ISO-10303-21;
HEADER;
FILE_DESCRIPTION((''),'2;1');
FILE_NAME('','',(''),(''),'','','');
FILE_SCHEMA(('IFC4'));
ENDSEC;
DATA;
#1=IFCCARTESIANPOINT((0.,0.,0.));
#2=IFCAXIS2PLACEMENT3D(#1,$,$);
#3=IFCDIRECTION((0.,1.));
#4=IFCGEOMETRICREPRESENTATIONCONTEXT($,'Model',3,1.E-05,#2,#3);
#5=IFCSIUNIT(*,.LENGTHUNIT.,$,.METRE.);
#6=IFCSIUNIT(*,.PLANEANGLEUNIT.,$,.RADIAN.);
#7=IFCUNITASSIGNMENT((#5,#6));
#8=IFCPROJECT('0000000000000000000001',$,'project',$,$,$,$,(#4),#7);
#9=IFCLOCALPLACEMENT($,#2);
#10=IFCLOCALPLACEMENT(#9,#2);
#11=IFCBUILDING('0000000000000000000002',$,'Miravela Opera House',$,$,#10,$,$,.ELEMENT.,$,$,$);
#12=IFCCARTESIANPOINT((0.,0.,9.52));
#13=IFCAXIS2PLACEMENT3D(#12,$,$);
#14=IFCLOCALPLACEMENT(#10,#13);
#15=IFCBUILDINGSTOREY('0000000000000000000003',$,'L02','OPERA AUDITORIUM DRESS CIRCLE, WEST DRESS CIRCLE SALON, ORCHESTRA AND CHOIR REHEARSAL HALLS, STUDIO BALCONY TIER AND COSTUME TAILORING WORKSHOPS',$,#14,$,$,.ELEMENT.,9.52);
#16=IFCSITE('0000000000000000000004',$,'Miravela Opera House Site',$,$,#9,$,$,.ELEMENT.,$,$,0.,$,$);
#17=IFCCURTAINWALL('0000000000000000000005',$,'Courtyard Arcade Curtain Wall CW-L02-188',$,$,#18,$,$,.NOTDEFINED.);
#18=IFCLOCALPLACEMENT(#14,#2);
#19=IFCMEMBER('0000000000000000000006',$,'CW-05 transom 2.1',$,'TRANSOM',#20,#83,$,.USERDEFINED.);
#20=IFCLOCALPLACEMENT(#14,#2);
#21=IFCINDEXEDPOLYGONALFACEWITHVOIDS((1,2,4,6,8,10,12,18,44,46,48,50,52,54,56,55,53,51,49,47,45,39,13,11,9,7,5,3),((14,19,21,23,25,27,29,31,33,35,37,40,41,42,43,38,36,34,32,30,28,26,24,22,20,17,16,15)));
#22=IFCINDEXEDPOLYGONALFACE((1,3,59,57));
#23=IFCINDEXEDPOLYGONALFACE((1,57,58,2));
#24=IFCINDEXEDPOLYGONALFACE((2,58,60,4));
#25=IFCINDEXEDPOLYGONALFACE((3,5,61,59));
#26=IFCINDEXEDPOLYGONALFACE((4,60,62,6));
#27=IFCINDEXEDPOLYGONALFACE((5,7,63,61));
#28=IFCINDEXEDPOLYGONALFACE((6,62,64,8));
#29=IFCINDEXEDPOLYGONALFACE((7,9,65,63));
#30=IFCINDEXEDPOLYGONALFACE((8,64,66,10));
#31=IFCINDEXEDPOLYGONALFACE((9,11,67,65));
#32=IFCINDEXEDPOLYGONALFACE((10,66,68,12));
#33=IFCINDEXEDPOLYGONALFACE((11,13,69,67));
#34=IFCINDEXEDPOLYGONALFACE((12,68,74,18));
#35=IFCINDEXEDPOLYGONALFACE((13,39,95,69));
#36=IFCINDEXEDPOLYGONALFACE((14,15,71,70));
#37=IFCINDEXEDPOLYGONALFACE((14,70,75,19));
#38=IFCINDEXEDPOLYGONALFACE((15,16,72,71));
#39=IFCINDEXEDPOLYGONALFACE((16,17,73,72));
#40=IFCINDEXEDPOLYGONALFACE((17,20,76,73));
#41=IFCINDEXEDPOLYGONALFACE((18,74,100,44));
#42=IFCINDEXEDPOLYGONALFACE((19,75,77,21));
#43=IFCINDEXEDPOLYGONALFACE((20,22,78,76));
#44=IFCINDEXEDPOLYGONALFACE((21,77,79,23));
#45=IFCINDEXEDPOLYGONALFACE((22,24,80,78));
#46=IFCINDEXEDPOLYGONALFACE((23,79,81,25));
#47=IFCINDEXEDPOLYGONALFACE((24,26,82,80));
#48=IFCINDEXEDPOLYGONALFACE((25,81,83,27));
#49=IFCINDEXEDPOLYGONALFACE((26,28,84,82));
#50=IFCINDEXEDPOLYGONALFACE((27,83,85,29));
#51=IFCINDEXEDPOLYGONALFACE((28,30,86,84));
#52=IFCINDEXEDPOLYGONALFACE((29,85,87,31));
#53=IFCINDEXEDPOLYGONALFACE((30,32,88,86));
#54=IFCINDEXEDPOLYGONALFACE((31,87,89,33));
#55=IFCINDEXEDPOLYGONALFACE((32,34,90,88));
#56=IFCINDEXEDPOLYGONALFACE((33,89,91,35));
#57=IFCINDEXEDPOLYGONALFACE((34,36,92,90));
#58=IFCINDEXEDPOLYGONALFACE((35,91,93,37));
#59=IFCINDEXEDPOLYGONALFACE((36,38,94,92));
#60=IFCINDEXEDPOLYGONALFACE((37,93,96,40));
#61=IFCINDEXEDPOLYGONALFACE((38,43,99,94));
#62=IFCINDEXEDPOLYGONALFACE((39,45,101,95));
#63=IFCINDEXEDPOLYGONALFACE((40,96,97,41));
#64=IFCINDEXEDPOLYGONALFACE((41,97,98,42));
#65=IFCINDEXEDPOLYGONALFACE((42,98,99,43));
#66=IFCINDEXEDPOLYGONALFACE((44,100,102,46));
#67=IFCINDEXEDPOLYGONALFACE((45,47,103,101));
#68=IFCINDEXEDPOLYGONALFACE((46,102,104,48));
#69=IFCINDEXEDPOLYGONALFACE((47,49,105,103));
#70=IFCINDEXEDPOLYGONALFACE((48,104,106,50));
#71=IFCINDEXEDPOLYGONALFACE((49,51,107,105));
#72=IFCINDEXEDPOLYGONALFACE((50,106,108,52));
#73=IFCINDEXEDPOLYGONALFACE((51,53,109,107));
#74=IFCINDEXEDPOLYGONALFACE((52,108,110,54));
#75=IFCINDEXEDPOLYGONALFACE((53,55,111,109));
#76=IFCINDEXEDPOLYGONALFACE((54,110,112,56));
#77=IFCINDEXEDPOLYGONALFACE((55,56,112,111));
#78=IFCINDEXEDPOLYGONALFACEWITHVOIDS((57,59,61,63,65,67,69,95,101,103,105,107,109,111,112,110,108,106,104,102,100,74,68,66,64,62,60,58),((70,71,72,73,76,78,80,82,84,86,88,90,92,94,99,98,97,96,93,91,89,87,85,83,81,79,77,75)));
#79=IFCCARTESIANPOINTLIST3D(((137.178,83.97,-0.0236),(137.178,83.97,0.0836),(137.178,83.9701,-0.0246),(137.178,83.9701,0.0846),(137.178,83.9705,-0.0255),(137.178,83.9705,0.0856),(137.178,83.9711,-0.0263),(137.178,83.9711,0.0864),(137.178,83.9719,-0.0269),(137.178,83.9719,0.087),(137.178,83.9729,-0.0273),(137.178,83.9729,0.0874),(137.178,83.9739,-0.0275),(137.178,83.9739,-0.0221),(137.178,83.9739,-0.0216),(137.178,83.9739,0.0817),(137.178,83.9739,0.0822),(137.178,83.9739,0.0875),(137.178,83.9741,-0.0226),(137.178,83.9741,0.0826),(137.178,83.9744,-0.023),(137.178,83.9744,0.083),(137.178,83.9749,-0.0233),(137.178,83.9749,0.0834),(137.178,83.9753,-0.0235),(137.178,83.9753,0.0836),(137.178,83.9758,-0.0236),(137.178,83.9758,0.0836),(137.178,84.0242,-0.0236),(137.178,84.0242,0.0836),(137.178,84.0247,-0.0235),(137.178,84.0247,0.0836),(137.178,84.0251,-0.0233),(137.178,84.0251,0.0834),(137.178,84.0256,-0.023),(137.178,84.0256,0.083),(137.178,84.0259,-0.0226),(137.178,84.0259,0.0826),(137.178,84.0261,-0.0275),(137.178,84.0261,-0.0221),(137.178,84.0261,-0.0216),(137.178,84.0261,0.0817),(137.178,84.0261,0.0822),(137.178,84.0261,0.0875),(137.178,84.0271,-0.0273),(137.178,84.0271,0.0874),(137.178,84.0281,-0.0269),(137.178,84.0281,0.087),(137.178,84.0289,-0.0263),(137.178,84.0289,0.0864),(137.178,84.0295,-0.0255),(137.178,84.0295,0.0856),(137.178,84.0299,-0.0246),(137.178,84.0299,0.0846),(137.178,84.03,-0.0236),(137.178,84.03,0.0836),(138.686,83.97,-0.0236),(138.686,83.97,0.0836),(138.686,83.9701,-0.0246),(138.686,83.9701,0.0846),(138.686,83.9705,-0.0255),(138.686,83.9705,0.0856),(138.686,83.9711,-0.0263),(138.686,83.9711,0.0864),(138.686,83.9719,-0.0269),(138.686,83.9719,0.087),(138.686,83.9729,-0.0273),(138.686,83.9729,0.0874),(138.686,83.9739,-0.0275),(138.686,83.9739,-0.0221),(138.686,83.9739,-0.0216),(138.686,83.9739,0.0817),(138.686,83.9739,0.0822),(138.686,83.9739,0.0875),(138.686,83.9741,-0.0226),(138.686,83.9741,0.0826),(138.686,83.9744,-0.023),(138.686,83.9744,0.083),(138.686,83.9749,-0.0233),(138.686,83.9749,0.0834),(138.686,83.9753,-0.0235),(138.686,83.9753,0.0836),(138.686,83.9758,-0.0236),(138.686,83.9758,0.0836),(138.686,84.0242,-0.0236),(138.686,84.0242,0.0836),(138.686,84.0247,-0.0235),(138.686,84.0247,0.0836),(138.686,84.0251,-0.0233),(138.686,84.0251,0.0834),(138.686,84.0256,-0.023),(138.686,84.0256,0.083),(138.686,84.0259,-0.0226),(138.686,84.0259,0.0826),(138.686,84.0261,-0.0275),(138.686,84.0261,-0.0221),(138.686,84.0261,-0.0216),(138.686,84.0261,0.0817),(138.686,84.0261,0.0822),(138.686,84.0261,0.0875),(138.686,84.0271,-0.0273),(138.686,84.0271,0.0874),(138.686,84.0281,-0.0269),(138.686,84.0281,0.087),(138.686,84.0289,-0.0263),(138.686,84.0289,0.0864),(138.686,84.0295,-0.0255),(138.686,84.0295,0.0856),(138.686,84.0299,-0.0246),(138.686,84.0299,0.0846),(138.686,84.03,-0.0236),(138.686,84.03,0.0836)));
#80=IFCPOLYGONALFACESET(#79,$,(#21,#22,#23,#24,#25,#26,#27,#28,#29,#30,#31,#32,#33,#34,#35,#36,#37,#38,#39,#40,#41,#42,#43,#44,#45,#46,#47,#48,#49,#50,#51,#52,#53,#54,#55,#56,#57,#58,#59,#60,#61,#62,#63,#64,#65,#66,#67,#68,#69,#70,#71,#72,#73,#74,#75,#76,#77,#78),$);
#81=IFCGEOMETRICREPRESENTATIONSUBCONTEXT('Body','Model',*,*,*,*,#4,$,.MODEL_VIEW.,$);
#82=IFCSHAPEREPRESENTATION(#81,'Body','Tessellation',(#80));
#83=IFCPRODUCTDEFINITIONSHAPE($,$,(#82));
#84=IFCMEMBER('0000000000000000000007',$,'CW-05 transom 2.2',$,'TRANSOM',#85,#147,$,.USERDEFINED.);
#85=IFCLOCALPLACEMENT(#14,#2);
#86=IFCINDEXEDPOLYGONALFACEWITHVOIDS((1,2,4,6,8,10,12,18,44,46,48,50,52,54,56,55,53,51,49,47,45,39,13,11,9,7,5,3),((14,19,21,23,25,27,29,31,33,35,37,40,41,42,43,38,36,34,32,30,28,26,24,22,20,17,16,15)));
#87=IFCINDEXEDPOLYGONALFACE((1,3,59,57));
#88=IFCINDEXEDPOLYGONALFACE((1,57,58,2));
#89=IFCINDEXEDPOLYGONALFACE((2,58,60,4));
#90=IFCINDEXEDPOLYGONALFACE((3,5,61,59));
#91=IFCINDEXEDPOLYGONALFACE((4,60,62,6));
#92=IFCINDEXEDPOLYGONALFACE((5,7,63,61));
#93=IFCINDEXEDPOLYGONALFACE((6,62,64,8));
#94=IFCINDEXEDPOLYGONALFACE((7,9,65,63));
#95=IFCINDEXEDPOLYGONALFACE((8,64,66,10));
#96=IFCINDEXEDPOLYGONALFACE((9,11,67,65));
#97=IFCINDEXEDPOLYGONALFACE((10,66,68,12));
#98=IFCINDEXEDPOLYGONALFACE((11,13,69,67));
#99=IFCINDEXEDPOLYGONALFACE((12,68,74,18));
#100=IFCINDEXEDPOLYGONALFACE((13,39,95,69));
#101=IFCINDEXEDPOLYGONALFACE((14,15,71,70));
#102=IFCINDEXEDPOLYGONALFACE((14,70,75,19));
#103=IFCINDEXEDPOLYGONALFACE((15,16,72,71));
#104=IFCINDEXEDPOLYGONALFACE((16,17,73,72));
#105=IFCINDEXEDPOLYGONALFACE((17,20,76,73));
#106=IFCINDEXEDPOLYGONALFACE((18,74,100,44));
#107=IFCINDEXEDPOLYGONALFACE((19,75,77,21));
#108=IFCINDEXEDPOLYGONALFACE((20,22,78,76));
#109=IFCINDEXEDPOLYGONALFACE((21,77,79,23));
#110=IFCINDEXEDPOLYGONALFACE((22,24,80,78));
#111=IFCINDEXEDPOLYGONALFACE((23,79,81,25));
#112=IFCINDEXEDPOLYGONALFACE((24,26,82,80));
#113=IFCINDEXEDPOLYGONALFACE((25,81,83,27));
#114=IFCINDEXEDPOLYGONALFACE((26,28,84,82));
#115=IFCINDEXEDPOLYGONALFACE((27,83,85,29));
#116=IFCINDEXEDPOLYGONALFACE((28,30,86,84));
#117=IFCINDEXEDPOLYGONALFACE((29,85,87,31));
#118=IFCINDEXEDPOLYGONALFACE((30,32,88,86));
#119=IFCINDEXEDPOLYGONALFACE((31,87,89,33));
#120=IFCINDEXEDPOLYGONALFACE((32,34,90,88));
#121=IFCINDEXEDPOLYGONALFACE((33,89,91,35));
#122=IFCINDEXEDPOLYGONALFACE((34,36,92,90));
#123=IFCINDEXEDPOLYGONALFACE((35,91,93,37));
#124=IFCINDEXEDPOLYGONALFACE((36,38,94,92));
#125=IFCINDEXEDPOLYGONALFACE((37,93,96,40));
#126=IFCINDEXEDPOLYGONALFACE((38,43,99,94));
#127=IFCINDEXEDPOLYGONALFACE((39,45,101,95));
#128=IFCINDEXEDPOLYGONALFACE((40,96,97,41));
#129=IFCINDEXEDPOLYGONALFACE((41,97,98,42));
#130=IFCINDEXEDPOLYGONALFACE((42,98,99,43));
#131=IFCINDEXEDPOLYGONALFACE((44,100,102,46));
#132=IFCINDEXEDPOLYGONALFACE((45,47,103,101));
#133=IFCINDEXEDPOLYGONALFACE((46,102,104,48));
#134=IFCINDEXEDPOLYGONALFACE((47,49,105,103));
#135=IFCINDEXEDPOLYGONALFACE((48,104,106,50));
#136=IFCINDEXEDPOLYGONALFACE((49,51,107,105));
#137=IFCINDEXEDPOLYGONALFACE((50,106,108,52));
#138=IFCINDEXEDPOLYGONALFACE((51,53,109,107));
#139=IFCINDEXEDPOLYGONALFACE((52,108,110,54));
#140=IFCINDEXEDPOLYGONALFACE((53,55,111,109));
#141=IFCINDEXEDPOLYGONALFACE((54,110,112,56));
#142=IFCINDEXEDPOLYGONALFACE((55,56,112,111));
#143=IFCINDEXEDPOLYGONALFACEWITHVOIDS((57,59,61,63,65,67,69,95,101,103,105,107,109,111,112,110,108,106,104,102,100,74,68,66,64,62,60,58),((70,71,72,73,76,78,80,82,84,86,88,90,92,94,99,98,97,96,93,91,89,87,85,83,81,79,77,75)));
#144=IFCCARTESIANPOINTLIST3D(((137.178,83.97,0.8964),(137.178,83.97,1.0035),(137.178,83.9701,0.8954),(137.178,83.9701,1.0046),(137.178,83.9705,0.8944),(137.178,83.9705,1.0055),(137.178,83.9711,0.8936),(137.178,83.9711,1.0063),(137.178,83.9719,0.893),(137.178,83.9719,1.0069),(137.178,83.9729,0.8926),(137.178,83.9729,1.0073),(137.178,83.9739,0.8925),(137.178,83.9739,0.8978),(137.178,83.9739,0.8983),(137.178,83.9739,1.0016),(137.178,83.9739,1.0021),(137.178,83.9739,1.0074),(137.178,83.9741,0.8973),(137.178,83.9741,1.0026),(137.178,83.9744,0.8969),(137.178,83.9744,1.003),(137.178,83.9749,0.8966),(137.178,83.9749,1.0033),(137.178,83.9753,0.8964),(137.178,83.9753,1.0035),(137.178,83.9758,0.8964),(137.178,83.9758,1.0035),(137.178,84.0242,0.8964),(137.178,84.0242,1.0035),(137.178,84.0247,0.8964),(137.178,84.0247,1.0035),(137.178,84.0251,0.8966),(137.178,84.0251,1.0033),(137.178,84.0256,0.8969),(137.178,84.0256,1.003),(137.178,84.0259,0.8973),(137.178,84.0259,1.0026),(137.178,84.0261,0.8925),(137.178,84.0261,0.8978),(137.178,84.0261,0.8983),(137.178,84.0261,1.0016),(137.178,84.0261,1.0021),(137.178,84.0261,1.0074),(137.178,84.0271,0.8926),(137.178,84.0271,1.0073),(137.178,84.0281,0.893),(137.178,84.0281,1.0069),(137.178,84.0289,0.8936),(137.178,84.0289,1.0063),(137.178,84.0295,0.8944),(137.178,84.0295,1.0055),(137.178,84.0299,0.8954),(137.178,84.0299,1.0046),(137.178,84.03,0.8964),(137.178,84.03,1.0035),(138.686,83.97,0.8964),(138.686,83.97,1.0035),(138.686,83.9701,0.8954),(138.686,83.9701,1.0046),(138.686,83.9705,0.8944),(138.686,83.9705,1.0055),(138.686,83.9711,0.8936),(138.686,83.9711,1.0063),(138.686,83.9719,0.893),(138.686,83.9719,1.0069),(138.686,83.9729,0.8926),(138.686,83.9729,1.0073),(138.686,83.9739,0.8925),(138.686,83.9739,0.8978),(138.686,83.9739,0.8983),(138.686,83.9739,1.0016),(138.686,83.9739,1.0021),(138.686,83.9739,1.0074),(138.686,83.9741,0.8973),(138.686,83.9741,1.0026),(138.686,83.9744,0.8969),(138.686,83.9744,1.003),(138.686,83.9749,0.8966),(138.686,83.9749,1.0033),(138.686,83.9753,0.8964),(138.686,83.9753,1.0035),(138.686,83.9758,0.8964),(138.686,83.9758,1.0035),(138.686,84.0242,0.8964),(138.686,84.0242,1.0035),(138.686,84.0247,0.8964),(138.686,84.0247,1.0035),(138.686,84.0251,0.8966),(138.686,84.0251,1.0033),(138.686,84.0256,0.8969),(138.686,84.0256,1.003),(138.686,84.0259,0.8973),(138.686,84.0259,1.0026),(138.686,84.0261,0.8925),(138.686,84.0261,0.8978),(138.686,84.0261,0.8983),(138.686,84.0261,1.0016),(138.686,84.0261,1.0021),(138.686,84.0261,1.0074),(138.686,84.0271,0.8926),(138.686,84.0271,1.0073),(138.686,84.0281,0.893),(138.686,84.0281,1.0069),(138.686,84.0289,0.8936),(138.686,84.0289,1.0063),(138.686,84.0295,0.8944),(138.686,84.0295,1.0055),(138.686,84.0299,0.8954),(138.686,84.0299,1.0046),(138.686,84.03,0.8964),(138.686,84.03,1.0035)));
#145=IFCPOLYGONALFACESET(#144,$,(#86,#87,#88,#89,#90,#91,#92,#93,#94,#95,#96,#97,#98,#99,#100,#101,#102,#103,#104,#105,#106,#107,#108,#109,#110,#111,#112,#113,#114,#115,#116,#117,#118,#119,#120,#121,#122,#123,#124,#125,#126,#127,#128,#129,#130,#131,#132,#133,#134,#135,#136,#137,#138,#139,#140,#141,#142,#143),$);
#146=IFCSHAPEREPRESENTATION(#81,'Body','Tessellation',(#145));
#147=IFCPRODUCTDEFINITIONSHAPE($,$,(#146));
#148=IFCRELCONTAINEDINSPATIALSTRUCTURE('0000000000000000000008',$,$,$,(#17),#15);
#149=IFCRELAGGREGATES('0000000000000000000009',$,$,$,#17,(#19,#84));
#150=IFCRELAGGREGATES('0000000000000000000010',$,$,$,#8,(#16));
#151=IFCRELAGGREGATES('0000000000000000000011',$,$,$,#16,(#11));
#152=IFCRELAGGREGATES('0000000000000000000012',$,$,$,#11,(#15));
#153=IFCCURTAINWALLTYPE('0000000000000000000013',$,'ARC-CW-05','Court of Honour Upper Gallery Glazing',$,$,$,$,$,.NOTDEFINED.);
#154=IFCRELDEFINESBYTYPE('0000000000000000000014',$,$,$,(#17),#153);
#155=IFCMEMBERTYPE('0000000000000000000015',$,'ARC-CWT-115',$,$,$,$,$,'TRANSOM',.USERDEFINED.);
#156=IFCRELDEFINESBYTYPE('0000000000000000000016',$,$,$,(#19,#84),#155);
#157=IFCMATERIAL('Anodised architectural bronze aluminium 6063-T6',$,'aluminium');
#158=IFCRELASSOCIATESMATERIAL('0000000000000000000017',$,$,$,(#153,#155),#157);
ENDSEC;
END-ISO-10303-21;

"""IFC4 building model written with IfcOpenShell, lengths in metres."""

from ifc_helpers import new_model, si_unit, direction, frame, origin, origin_2d, place, context, subcontext, project, spatial, hollow_rectangle, extrude, material, material_profile, profile_set, type_object, element, aggregate, save


model = new_model("IFC4")

# Units and contexts
model_context = context("Model", 3, precision=1e-05, world=origin(), true_north=direction((0.0, 1.0)))
body_context = subcontext(model_context, "Body", "Model", "MODEL_VIEW")
ifc_project = project(units=[si_unit("LENGTHUNIT", "METRE"), si_unit("PLANEANGLEUNIT", "RADIAN")], contexts=[model_context])

# Site, building, storey
site_placement = place(None, origin())
site = spatial("IfcSite", under=ifc_project, at=site_placement, Name="Miravela Opera House Site", CompositionType="ELEMENT", RefElevation=0.0)
building_placement = place(site_placement, origin())
building = spatial("IfcBuilding", under=site, at=building_placement, Name="Miravela Opera House", CompositionType="ELEMENT")
storey_placement = place(building_placement, frame((0.0, 0.0, 9.52)))
storey = spatial("IfcBuildingStorey", under=building, at=storey_placement, Name="L02", Description="OPERA AUDITORIUM DRESS CIRCLE, WEST DRESS CIRCLE SALON, ORCHESTRA AND CHOIR REHEARSAL HALLS, STUDIO BALCONY TIER AND COSTUME TAILORING WORKSHOPS", CompositionType="ELEMENT", Elevation=9.52)

# Curtain wall, members
ifc_material_1 = material(Name="Anodised architectural bronze aluminium 6063-T6", Category="aluminium")
curtain_wall_type = type_object("IfcCurtainWallType", Name="ARC-CW-05", Description="Court of Honour Upper Gallery Glazing", PredefinedType="NOTDEFINED", material=ifc_material_1)
curtain_wall_placement = place(storey_placement, origin())
curtain_wall = element("IfcCurtainWall", 1, at=curtain_wall_placement, inside=storey, type_object=curtain_wall_type, Name="Courtyard Arcade Curtain Wall CW-L02-188", PredefinedType="NOTDEFINED")
ifc_material_profile_1 = material_profile(ifc_material_1, hollow_rectangle(XDim=0.0601, YDim=0.115, WallThickness=0.0039, InnerFilletRadius=0.002, OuterFilletRadius=0.0039, at=origin_2d()), Name="CWT-60X115")
ifc_profile_set_1 = profile_set([ifc_material_profile_1])
member_type_1 = type_object("IfcMemberType", Name="ARC-CWT-115", ElementType="TRANSOM", PredefinedType="USERDEFINED", material=ifc_profile_set_1)
member_1_placement = place(storey_placement, frame((137.178, 84.0, 0.03), z_axis=(1.0, 0.0, 0.0), x_axis=(0.0, 1.0, 0.0)))
member_1 = element("IfcMember", 2, at=member_1_placement, type_object=member_type_1, Name="CW-05 transom 2.1", ObjectType="TRANSOM", PredefinedType="USERDEFINED", context=body_context, shape_type="SweptSolid", body=[
    extrude(hollow_rectangle(XDim=0.0601, YDim=0.115, WallThickness=0.0039, InnerFilletRadius=0.002, OuterFilletRadius=0.0039, at=origin_2d()), origin(), (0.0, 0.0, 1.0), 1.5081),
])
member_2_placement = place(storey_placement, frame((137.178, 84.0, 0.95), z_axis=(1.0, 0.0, 0.0), x_axis=(0.0, 1.0, 0.0)))
member_2 = element("IfcMember", 3, at=member_2_placement, type_object=member_type_1, Name="CW-05 transom 2.2", ObjectType="TRANSOM", PredefinedType="USERDEFINED", context=body_context, shape_type="SweptSolid", body=[
    extrude(hollow_rectangle(XDim=0.0601, YDim=0.115, WallThickness=0.0039, InnerFilletRadius=0.002, OuterFilletRadius=0.0039, at=origin_2d()), origin(), (0.0, 0.0, 1.0), 1.5081),
])
aggregate(curtain_wall, [member_1, member_2])

save(model, "model.ifc")
